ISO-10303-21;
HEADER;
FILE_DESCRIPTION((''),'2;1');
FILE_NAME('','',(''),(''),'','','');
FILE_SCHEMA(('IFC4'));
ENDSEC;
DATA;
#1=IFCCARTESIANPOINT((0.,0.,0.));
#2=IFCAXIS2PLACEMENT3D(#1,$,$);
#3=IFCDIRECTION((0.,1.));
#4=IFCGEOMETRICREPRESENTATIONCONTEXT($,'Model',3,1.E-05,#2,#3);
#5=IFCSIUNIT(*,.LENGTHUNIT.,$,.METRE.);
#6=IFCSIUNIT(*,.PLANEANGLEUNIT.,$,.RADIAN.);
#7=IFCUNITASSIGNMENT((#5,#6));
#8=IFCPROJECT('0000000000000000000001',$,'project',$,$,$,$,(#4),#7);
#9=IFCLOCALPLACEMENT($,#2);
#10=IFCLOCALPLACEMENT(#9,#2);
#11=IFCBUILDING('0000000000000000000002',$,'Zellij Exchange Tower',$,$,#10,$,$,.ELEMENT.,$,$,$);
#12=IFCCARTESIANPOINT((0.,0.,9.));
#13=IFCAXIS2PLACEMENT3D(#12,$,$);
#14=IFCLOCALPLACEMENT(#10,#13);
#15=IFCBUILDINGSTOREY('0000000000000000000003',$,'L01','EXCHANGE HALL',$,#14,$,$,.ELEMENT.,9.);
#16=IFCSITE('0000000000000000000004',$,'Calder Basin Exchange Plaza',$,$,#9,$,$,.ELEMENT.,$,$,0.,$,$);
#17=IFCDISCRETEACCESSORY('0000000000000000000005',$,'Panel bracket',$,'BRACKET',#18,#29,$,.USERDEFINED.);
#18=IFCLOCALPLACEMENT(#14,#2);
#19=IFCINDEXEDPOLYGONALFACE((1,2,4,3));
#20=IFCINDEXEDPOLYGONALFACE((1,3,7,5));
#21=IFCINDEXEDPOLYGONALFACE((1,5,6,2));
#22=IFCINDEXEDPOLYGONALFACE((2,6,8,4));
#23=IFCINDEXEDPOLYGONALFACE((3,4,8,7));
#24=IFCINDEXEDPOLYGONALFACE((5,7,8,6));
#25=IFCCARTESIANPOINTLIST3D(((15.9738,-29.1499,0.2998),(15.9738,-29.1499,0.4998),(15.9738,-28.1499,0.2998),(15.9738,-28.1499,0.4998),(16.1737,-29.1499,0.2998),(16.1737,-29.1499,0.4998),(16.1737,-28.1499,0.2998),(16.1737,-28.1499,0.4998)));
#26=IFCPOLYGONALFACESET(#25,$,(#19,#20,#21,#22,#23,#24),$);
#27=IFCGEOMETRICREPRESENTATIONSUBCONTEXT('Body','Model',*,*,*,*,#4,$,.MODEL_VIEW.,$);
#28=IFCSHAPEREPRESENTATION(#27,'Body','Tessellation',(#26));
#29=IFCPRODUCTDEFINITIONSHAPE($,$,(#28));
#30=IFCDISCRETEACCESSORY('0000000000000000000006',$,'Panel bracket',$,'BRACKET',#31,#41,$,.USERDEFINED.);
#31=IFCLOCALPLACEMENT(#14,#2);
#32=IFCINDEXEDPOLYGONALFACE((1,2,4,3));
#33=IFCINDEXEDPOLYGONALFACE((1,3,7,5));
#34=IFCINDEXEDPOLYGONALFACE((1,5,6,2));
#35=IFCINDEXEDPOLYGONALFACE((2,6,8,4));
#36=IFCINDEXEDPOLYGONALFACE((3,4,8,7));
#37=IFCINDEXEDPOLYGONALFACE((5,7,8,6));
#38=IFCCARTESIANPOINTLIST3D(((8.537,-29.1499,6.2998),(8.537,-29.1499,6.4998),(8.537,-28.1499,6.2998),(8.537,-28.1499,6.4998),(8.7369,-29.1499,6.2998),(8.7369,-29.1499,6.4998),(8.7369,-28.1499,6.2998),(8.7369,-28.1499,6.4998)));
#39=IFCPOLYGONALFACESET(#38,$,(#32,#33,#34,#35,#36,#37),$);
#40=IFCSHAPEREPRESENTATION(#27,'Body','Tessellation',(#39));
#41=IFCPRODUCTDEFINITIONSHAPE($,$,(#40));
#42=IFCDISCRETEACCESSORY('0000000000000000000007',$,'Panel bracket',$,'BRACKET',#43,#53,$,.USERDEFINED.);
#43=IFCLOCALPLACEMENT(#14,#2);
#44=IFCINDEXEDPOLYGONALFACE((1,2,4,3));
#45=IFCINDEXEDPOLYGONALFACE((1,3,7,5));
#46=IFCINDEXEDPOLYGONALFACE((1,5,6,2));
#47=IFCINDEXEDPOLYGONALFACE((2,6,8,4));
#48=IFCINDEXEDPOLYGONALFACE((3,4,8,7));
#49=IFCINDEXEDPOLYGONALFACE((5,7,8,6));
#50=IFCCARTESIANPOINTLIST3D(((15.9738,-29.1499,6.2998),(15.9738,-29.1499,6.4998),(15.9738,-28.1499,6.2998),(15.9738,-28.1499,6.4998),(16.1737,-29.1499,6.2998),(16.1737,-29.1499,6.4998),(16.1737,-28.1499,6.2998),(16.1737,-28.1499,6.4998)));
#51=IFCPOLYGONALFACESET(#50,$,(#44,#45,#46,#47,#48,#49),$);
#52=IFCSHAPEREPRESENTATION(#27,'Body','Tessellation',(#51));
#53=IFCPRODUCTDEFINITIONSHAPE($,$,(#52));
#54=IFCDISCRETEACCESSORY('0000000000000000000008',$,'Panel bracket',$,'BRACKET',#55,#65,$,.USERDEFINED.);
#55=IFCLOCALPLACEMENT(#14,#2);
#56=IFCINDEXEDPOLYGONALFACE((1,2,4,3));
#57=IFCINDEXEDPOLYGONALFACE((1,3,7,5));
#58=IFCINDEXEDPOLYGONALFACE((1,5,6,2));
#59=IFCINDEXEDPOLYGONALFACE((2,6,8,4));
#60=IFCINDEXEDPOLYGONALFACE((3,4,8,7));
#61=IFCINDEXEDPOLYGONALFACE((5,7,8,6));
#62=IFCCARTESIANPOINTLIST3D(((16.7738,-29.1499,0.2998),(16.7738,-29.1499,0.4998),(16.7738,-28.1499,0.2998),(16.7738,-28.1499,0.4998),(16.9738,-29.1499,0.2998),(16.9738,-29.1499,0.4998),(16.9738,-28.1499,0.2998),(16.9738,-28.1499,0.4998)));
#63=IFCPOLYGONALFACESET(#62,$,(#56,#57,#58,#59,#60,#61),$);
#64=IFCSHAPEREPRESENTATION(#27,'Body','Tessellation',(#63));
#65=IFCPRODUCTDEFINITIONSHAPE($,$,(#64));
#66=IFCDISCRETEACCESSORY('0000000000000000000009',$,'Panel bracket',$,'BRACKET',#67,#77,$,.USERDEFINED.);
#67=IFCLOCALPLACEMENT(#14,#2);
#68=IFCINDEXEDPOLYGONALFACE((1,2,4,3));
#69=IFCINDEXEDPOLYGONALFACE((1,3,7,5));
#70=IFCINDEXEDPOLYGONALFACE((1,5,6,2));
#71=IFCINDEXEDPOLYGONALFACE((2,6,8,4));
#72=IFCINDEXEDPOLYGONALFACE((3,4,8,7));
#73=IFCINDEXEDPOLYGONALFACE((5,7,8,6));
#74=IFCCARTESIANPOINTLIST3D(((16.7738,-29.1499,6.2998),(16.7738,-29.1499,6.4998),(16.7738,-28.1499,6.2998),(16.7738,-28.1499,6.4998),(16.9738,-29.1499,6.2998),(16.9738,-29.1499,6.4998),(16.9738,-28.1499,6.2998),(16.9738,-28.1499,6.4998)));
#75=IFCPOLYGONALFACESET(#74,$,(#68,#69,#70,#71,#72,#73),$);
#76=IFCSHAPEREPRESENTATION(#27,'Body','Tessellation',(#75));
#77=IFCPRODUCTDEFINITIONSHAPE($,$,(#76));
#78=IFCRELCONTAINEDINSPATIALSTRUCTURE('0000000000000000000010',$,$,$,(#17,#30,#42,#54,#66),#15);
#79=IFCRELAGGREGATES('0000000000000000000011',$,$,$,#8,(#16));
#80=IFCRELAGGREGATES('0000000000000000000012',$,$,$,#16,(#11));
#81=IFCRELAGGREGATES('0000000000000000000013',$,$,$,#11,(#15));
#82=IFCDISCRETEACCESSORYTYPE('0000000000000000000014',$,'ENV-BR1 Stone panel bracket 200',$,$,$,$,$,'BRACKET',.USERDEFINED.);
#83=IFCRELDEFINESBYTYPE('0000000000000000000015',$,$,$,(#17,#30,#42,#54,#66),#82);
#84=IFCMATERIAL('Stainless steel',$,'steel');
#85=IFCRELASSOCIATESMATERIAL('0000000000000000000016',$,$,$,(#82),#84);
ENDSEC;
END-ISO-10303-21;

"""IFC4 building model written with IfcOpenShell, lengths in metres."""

from ifc_helpers import new_model, si_unit, direction, frame, origin, origin_2d, place, context, subcontext, project, spatial, rectangle, extrude, material, type_object, element, save


model = new_model("IFC4")

# Units and contexts
model_context = context("Model", 3, precision=1e-05, world=origin(), true_north=direction((0.0, 1.0)))
body_context = subcontext(model_context, "Body", "Model", "MODEL_VIEW")
ifc_project = project(units=[si_unit("LENGTHUNIT", "METRE"), si_unit("PLANEANGLEUNIT", "RADIAN")], contexts=[model_context])

# Site, building, storey
site_placement = place(None, origin())
site = spatial("IfcSite", under=ifc_project, at=site_placement, Name="Calder Basin Exchange Plaza", CompositionType="ELEMENT", RefElevation=0.0)
building_placement = place(site_placement, origin())
building = spatial("IfcBuilding", under=site, at=building_placement, Name="Zellij Exchange Tower", CompositionType="ELEMENT")
storey_placement = place(building_placement, frame((0.0, 0.0, 9.0)))
storey = spatial("IfcBuildingStorey", under=building, at=storey_placement, Name="L01", Description="EXCHANGE HALL", CompositionType="ELEMENT", Elevation=9.0)

# Discrete accessories
ifc_material_1 = material(Name="Stainless steel", Category="steel")
discrete_accessory_type = type_object("IfcDiscreteAccessoryType", Name="ENV-BR1 Stone panel bracket 200", ElementType="BRACKET", PredefinedType="USERDEFINED", material=ifc_material_1)
for number, where, z_axis, x_axis, name in (
    (1, (16.0737, -28.6499, 0.2998), (0.0, 0.0, 1.0), (1.0, 0.0, 0.0), "Panel bracket"),
    (2, (8.637, -28.6499, 6.2998), (0.0, 0.0, 1.0), (1.0, 0.0, 0.0), "Panel bracket"),
    (3, (16.0737, -28.6499, 6.2998), (0.0, 0.0, 1.0), (1.0, 0.0, 0.0), "Panel bracket"),
    (4, (16.8738, -28.6499, 0.2998), (0.0, 0.0, 1.0), (1.0, 0.0, 0.0), "Panel bracket"),
    (5, (16.8738, -28.6499, 6.2998), (0.0, 0.0, 1.0), (1.0, 0.0, 0.0), "Panel bracket"),
):
    element("IfcDiscreteAccessory", number, at=place(storey_placement, frame(where, z_axis=z_axis, x_axis=x_axis)), inside=storey, type_object=discrete_accessory_type, Name=name, ObjectType="BRACKET", PredefinedType="USERDEFINED", context=body_context, shape_type="SweptSolid", body=[
        extrude(rectangle(XDim=0.2, YDim=1.0, at=origin_2d()), origin(), (0.0, 0.0, 1.0), 0.2),
    ])

save(model, "model.ifc")
